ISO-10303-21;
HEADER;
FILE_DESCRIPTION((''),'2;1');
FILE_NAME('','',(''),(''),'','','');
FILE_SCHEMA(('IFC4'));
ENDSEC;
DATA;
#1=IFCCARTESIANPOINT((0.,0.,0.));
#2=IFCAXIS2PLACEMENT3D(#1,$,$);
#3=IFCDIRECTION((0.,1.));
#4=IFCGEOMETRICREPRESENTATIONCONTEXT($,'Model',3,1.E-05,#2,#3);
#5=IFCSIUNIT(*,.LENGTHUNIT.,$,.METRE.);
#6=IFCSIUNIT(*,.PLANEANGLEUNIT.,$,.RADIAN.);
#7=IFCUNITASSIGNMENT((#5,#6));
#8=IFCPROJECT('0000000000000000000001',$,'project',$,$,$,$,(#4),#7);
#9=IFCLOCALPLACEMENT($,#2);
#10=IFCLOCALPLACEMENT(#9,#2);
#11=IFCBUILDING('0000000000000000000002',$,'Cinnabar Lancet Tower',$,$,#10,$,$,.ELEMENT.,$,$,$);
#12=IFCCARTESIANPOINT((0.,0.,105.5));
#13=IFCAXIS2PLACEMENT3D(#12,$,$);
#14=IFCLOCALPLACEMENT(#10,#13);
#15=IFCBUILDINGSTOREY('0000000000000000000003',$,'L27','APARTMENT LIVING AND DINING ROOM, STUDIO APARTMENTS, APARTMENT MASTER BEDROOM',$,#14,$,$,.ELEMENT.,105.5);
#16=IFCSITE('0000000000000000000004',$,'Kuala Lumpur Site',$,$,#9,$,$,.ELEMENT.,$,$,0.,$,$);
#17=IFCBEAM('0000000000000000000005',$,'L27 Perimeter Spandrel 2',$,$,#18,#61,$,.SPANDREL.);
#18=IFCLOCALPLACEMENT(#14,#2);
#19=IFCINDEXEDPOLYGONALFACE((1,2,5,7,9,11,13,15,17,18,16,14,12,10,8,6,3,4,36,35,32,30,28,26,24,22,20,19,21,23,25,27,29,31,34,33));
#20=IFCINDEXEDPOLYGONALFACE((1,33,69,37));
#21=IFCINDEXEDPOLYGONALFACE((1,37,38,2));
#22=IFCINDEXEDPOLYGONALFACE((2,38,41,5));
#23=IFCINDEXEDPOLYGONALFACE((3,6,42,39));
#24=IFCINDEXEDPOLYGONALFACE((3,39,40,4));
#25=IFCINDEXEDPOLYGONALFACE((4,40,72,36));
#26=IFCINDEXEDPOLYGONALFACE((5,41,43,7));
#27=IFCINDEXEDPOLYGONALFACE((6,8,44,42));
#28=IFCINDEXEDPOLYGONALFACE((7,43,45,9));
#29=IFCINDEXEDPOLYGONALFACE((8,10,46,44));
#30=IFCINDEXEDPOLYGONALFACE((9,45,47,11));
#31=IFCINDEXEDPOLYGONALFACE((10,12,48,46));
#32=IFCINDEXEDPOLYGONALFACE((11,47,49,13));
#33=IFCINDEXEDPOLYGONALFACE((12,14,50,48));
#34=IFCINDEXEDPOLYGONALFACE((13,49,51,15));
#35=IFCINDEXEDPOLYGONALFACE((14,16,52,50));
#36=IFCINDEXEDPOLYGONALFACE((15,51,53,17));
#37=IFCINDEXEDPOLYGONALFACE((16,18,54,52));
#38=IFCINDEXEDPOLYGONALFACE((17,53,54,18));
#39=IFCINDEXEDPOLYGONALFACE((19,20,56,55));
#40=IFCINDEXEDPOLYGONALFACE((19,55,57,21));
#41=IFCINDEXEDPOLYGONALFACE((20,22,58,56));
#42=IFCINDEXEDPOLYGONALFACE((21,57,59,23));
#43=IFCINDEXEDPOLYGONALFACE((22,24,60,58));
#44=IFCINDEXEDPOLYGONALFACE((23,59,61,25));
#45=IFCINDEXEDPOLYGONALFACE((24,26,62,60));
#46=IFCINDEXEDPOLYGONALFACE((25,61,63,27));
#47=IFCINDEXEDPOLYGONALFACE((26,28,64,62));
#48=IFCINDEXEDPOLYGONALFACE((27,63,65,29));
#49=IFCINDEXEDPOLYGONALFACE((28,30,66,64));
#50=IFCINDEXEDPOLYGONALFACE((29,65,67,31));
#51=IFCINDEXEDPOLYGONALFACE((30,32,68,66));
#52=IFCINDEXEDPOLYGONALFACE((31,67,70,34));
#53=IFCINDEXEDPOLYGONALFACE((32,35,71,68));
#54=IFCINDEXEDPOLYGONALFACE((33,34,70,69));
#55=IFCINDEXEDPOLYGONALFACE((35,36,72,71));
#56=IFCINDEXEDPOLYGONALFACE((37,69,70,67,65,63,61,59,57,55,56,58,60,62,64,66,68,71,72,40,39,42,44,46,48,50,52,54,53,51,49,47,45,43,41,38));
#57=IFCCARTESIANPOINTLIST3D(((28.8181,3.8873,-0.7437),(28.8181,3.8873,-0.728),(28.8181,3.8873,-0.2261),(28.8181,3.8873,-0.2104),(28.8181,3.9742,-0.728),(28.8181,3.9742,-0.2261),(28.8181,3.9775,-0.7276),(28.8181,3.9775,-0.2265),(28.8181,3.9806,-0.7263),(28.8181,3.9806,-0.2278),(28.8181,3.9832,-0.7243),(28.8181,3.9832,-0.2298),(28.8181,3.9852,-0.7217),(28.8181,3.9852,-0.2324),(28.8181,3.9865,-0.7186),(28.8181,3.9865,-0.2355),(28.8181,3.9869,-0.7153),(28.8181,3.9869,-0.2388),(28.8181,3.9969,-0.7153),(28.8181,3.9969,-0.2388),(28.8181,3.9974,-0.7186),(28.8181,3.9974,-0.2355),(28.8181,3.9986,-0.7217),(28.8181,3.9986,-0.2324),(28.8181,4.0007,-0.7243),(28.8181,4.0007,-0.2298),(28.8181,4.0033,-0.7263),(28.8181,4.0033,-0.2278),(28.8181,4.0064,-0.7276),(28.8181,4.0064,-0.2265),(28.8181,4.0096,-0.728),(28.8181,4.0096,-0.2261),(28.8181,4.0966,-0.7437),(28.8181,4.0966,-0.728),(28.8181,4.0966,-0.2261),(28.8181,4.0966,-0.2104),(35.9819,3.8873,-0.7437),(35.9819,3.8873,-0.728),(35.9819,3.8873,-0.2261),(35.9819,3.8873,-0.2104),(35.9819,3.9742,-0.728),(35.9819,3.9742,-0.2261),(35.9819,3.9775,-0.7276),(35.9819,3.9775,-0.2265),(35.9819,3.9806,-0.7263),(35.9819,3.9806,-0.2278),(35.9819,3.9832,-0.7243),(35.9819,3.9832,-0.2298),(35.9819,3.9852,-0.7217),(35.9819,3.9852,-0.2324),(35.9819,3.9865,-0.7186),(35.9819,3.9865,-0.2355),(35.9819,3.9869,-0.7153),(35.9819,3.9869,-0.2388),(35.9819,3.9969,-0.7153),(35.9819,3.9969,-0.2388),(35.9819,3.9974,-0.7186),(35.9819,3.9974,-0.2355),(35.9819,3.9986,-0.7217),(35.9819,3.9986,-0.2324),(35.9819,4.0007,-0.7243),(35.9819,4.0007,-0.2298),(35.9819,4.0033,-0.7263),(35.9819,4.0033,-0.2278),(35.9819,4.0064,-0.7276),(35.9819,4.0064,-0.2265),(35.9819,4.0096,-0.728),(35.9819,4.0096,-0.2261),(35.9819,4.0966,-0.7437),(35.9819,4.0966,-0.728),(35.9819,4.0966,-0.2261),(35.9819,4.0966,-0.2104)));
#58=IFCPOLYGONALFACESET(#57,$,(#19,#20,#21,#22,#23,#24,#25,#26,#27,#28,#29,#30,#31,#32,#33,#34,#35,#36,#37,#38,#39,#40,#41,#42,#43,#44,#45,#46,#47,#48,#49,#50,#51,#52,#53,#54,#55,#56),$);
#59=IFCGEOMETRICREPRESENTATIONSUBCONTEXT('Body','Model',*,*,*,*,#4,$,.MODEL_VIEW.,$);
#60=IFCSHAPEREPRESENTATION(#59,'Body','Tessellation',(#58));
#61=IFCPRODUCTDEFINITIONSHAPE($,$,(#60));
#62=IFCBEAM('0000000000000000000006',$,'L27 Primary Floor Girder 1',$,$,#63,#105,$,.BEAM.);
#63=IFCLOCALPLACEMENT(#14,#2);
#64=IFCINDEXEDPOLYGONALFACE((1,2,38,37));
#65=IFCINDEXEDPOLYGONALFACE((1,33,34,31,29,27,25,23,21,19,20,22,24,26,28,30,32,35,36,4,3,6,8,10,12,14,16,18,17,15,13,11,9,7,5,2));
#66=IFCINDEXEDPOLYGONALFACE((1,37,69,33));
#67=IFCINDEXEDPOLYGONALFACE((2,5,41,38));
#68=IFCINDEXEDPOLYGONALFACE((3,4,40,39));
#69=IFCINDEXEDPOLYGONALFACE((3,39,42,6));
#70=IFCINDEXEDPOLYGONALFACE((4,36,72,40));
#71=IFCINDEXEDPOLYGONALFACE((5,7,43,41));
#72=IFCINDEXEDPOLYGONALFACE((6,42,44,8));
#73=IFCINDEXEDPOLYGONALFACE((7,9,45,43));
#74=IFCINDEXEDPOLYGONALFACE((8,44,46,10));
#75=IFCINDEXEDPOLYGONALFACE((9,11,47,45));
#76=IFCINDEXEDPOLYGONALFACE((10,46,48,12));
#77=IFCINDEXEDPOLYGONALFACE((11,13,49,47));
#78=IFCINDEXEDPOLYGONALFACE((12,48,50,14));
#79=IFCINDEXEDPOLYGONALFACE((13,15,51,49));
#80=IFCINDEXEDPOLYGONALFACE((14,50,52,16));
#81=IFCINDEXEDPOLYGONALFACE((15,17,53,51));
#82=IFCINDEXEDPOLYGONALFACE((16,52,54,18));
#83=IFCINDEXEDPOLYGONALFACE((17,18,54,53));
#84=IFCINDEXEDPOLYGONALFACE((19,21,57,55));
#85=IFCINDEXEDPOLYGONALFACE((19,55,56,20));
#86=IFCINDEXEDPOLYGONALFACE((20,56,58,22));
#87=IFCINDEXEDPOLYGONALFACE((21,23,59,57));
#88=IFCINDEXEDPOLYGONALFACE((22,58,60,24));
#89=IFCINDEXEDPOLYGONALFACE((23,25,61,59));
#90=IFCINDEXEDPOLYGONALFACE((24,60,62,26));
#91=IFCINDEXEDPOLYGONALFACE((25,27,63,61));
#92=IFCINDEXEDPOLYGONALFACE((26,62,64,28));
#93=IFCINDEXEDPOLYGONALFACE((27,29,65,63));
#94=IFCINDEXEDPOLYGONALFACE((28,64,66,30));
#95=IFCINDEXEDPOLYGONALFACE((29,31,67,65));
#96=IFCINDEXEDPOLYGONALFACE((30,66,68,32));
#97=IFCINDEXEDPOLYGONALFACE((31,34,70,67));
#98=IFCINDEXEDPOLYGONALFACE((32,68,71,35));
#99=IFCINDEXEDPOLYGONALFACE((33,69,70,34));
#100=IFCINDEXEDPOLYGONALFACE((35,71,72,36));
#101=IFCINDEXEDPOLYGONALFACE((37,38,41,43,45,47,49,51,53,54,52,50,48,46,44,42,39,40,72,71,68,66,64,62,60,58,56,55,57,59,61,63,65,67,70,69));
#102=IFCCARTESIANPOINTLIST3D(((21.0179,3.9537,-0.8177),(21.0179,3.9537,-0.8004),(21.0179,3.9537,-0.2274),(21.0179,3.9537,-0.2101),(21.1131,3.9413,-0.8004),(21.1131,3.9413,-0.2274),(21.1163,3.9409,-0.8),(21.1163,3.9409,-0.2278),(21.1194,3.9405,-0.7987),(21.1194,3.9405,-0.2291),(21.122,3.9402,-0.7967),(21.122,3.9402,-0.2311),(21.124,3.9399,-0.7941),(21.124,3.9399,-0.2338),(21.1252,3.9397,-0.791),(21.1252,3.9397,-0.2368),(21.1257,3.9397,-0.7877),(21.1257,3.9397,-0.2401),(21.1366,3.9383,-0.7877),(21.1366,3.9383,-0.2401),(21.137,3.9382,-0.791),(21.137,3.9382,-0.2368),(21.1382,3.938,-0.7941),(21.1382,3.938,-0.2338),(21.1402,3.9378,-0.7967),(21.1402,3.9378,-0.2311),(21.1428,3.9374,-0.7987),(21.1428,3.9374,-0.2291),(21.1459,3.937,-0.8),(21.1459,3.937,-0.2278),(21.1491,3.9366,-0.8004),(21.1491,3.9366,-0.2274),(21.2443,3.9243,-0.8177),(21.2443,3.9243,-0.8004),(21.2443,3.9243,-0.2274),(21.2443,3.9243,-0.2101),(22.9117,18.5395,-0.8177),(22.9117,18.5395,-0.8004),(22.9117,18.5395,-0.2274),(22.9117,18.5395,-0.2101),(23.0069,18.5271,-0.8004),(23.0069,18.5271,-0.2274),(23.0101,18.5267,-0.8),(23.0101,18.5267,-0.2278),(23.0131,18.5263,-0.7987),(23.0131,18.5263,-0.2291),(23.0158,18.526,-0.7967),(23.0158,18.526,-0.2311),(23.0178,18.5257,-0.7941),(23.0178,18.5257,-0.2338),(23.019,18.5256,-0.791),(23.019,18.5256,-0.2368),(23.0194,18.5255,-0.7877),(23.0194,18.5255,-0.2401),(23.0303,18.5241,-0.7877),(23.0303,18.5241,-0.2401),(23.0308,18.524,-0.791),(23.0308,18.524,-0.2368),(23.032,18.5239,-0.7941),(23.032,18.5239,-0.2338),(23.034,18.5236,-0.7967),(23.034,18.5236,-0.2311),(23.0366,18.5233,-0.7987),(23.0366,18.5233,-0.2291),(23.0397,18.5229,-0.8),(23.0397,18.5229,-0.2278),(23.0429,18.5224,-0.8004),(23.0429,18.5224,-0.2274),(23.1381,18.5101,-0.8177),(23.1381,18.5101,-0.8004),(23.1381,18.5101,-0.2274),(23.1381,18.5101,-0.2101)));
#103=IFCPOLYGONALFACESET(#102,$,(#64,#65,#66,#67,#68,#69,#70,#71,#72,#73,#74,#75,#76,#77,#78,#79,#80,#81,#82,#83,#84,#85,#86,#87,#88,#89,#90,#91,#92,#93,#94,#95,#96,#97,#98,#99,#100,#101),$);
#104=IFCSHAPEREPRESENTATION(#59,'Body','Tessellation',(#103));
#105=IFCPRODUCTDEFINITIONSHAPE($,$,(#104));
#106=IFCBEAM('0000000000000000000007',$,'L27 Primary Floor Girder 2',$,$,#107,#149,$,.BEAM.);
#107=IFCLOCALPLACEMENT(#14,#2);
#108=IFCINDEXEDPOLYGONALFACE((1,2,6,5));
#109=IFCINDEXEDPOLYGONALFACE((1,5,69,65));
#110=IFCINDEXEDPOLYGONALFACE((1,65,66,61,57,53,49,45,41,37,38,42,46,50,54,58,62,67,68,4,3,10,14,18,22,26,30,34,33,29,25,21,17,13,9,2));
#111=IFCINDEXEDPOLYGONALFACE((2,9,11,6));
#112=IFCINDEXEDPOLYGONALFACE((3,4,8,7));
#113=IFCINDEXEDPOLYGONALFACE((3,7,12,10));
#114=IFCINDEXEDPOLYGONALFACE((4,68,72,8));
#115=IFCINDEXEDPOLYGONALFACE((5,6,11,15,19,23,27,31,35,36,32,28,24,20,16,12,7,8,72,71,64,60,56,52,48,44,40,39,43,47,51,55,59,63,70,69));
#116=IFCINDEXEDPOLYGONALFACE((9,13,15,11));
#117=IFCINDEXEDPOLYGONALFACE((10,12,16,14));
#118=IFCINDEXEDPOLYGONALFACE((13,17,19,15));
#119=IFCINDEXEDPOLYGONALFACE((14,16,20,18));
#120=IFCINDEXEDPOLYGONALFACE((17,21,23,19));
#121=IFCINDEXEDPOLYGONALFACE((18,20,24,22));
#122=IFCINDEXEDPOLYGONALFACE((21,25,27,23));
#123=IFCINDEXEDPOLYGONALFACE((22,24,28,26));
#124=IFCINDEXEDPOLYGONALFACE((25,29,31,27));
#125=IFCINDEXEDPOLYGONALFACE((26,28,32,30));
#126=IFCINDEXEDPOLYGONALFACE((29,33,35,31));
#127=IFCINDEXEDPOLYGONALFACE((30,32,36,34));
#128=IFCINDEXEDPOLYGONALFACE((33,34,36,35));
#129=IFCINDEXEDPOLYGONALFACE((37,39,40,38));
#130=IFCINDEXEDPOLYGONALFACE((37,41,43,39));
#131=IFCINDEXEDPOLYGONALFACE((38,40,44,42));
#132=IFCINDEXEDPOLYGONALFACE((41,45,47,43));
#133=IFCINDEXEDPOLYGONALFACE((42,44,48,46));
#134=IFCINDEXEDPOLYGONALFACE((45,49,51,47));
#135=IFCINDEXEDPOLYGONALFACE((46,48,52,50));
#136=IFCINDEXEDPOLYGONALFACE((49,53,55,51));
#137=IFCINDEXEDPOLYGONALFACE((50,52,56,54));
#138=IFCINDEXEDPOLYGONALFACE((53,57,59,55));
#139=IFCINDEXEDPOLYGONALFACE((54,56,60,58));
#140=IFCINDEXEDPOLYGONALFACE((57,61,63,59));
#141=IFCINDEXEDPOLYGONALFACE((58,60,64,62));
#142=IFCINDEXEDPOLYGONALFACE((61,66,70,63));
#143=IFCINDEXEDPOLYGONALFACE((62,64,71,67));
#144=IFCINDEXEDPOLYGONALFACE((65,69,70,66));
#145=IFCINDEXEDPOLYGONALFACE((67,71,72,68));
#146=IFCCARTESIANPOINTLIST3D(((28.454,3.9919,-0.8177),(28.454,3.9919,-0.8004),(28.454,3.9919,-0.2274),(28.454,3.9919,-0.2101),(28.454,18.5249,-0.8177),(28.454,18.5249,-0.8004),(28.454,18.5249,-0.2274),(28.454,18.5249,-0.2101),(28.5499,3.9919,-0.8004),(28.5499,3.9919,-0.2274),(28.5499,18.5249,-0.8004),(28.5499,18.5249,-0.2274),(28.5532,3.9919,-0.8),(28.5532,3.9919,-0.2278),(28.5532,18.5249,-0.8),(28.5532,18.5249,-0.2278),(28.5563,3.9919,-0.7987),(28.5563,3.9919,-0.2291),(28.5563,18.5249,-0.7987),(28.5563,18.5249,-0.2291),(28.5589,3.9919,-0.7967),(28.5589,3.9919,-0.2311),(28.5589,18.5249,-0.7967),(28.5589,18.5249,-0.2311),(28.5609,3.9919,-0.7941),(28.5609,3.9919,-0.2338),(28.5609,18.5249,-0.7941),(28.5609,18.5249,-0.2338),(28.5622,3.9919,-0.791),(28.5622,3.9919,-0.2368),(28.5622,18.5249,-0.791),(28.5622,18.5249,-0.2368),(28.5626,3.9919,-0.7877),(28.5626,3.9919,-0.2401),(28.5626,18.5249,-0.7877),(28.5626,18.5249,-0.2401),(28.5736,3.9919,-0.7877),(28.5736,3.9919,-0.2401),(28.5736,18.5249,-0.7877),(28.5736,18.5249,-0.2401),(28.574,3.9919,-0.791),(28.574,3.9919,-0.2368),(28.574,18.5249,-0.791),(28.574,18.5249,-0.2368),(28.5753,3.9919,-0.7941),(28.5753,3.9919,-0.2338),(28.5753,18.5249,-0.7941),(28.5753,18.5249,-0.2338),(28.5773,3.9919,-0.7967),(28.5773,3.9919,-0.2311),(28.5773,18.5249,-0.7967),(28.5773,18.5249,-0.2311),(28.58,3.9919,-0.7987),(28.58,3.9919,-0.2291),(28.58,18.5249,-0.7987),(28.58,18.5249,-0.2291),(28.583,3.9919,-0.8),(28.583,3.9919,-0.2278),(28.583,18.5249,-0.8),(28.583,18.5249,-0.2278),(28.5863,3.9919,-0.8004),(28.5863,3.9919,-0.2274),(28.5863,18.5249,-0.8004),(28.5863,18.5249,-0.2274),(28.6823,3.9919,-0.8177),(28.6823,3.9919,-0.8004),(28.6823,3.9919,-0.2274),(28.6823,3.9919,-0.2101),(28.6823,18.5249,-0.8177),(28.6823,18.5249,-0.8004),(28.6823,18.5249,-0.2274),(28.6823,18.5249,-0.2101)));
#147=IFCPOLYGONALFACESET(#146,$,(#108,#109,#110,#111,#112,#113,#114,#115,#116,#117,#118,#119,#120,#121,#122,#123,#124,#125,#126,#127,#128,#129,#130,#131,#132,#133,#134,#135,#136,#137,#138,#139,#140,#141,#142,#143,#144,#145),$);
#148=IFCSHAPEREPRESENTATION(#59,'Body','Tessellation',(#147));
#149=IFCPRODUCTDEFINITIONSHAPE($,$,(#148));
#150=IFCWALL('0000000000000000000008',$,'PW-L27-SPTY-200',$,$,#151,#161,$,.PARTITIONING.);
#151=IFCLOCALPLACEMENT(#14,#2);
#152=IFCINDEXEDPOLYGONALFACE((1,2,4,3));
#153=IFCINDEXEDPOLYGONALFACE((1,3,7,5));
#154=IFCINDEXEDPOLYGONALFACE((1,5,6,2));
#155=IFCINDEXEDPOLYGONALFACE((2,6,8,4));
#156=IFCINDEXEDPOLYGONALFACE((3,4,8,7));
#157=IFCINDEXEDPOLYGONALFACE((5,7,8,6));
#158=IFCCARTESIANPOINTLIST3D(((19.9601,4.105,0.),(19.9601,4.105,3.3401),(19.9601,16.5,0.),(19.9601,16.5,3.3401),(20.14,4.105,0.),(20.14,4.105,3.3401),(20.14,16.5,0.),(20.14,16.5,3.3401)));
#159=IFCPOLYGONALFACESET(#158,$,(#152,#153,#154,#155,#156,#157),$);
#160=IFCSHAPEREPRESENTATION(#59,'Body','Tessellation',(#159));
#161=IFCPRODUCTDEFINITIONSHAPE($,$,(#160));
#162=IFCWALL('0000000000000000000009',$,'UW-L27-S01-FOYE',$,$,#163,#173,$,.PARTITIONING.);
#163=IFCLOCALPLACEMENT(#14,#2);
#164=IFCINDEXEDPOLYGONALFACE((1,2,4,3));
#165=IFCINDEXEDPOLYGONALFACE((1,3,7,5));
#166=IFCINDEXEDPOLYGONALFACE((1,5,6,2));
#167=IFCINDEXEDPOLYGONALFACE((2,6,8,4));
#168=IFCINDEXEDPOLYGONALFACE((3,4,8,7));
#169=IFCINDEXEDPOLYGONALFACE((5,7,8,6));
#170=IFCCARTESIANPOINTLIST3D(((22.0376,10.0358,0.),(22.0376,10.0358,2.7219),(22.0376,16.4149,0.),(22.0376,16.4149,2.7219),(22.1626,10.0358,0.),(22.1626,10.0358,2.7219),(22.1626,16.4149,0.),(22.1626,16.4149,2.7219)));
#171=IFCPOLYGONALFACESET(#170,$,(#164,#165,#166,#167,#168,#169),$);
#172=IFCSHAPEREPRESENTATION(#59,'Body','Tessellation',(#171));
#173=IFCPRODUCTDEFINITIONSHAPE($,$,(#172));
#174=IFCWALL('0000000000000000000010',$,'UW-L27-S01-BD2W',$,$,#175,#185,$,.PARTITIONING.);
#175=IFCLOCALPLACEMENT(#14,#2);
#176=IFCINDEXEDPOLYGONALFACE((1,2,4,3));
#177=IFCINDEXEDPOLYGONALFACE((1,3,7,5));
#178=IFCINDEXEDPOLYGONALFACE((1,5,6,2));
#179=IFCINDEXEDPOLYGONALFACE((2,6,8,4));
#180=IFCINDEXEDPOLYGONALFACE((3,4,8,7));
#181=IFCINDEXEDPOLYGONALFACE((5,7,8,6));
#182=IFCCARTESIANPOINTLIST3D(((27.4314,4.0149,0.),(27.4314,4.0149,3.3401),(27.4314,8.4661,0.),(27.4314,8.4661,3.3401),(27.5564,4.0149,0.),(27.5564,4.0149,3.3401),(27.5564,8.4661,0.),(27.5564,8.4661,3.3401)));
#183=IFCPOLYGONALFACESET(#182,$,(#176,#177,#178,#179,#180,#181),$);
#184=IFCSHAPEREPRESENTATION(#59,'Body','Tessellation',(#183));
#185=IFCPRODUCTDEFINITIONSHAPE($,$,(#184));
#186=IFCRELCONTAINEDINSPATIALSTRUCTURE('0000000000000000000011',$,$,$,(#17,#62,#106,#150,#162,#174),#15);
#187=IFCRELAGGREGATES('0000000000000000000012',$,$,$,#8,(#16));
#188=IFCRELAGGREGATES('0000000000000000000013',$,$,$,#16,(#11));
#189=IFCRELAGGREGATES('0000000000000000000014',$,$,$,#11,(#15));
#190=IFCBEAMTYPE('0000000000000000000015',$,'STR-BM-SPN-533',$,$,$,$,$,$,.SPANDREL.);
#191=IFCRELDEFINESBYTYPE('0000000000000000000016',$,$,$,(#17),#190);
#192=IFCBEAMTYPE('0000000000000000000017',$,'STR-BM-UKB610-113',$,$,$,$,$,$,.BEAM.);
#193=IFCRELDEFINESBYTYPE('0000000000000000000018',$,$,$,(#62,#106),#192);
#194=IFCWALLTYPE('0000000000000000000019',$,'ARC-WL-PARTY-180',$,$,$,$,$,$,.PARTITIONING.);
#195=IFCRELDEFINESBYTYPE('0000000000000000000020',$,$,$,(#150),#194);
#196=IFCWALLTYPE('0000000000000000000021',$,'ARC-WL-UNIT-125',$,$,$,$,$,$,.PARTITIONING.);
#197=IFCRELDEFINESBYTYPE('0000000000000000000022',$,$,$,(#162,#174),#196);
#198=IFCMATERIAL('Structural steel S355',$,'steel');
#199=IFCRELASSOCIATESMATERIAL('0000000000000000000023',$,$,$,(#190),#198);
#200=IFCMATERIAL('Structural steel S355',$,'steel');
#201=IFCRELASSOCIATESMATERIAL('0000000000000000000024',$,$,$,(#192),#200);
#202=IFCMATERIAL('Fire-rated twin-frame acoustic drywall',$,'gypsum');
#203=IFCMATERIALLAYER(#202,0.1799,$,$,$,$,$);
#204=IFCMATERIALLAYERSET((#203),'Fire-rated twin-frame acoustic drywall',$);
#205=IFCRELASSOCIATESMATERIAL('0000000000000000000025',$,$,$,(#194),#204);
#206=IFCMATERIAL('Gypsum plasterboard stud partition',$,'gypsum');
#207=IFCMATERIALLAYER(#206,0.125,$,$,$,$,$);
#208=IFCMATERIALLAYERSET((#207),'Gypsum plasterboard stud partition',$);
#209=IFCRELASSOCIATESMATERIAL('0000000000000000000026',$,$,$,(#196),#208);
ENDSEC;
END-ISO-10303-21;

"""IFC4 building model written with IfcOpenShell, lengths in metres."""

from ifc_helpers import new_model, si_unit, direction, frame, frame_2d, origin, origin_2d, place, context, subcontext, project, spatial, rectangle, i_section, extrude, material, layer, layer_set, material_profile, profile_set, type_object, element, save


model = new_model("IFC4")

# Units and contexts
model_context = context("Model", 3, precision=1e-05, world=origin(), true_north=direction((0.0, 1.0)))
body_context = subcontext(model_context, "Body", "Model", "MODEL_VIEW")
ifc_project = project(units=[si_unit("LENGTHUNIT", "METRE"), si_unit("PLANEANGLEUNIT", "RADIAN")], contexts=[model_context])

# Site, building, storey
site_placement = place(None, origin())
site = spatial("IfcSite", under=ifc_project, at=site_placement, Name="Kuala Lumpur Site", CompositionType="ELEMENT", RefElevation=0.0)
building_placement = place(site_placement, origin())
building = spatial("IfcBuilding", under=site, at=building_placement, Name="Cinnabar Lancet Tower", CompositionType="ELEMENT")
storey_placement = place(building_placement, frame((0.0, 0.0, 105.5)))
storey = spatial("IfcBuildingStorey", under=building, at=storey_placement, Name="L27", Description="APARTMENT LIVING AND DINING ROOM, STUDIO APARTMENTS, APARTMENT MASTER BEDROOM", CompositionType="ELEMENT", Elevation=105.5)

# Beams
ifc_material_1 = material(Name="Structural steel S355", Category="steel")
ifc_material_profile_1 = material_profile(ifc_material_1, i_section(OverallWidth=0.2092, OverallDepth=0.5332, WebThickness=0.01, FlangeThickness=0.0156, FilletRadius=0.0127, at=origin_2d()), Name="UKB 533x210x92")
ifc_profile_set_1 = profile_set([ifc_material_profile_1], Name="Structural steel S355")
beam_type_1 = type_object("IfcBeamType", Name="STR-BM-SPN-533", PredefinedType="SPANDREL", material=ifc_profile_set_1)
beam_1_placement = place(storey_placement, frame((28.8181, 3.9919, -0.4771), z_axis=(1.0, 0.0, 0.0), x_axis=(0.0, 1.0, 0.0)))
element("IfcBeam", 1, at=beam_1_placement, inside=storey, type_object=beam_type_1, Name="L27 Perimeter Spandrel 2", PredefinedType="SPANDREL", context=body_context, shape_type="SweptSolid", body=[
    extrude(i_section(OverallWidth=0.2092, OverallDepth=0.5332, WebThickness=0.01, FlangeThickness=0.0156, FilletRadius=0.0127, at=origin_2d()), origin(), (0.0, 0.0, 1.0), 7.1638),
])
ifc_material_2 = material(Name="Structural steel S355", Category="steel")
ifc_material_profile_2 = material_profile(ifc_material_2, i_section(OverallWidth=0.2283, OverallDepth=0.6077, WebThickness=0.011, FlangeThickness=0.0173, FilletRadius=0.0127, at=origin_2d()), Name="UKB 610x229x113")
ifc_profile_set_2 = profile_set([ifc_material_profile_2], Name="Structural steel S355")
beam_type_2 = type_object("IfcBeamType", Name="STR-BM-UKB610-113", PredefinedType="BEAM", material=ifc_profile_set_2)
beam_2_placement = place(storey_placement, frame((21.1311, 3.939, -0.5139), z_axis=(0.128757, 0.991676, 0.0), x_axis=(-0.991676, 0.128757, 0.0)))
element("IfcBeam", 2, at=beam_2_placement, inside=storey, type_object=beam_type_2, Name="L27 Primary Floor Girder 1", PredefinedType="BEAM", context=body_context, shape_type="SweptSolid", body=[
    extrude(i_section(OverallWidth=0.2283, OverallDepth=0.6077, WebThickness=0.011, FlangeThickness=0.0173, FilletRadius=0.0127, at=origin_2d()), origin(), (0.0, 0.0, 1.0), 14.7083),
])
beam_3_placement = place(storey_placement, frame((28.5681, 3.9919, -0.5139), z_axis=(0.0, 1.0, 0.0), x_axis=(-1.0, 0.0, 0.0)))
element("IfcBeam", 3, at=beam_3_placement, inside=storey, type_object=beam_type_2, Name="L27 Primary Floor Girder 2", PredefinedType="BEAM", context=body_context, shape_type="SweptSolid", body=[
    extrude(i_section(OverallWidth=0.2283, OverallDepth=0.6077, WebThickness=0.011, FlangeThickness=0.0173, FilletRadius=0.0127, at=origin_2d()), origin(), (0.0, 0.0, 1.0), 14.533),
])

# Walls
ifc_material_3 = material(Name="Fire-rated twin-frame acoustic drywall", Category="gypsum")
ifc_layer_1 = layer(ifc_material_3, 0.1799)
ifc_layer_set_1 = layer_set([ifc_layer_1], Name="Fire-rated twin-frame acoustic drywall")
wall_type_1 = type_object("IfcWallType", Name="ARC-WL-PARTY-180", PredefinedType="PARTITIONING", material=ifc_layer_set_1)
wall_1_placement = place(storey_placement, frame((20.05, 4.105, 0.0), z_axis=(0.0, 0.0, 1.0), x_axis=(0.0, 1.0, 0.0)))
element("IfcWall", 4, at=wall_1_placement, inside=storey, type_object=wall_type_1, Name="PW-L27-SPTY-200", PredefinedType="PARTITIONING", context=body_context, shape_type="SweptSolid", body=[
    extrude(rectangle(XDim=12.395, YDim=0.1799, at=frame_2d((6.1975, 0.0))), origin(), (0.0, 0.0, 1.0), 3.3401),
])
ifc_material_4 = material(Name="Gypsum plasterboard stud partition", Category="gypsum")
ifc_layer_2 = layer(ifc_material_4, 0.125)
ifc_layer_set_2 = layer_set([ifc_layer_2], Name="Gypsum plasterboard stud partition")
wall_type_2 = type_object("IfcWallType", Name="ARC-WL-UNIT-125", PredefinedType="PARTITIONING", material=ifc_layer_set_2)
wall_2_placement = place(storey_placement, frame((22.1001, 10.0359, 0.0), z_axis=(0.0, 0.0, 1.0), x_axis=(0.0, 1.0, 0.0)))
element("IfcWall", 5, at=wall_2_placement, inside=storey, type_object=wall_type_2, Name="UW-L27-S01-FOYE", PredefinedType="PARTITIONING", context=body_context, shape_type="SweptSolid", body=[
    extrude(rectangle(XDim=6.3792, YDim=0.125, at=frame_2d((3.1895, 0.0))), origin(), (0.0, 0.0, 1.0), 2.7219),
])
wall_3_placement = place(storey_placement, frame((27.4939, 4.0149, 0.0), z_axis=(0.0, 0.0, 1.0), x_axis=(0.0, 1.0, 0.0)))
element("IfcWall", 6, at=wall_3_placement, inside=storey, type_object=wall_type_2, Name="UW-L27-S01-BD2W", PredefinedType="PARTITIONING", context=body_context, shape_type="SweptSolid", body=[
    extrude(rectangle(XDim=4.4512, YDim=0.125, at=frame_2d((2.2256, 0.0))), origin(), (0.0, 0.0, 1.0), 3.3401),
])

save(model, "model.ifc")
